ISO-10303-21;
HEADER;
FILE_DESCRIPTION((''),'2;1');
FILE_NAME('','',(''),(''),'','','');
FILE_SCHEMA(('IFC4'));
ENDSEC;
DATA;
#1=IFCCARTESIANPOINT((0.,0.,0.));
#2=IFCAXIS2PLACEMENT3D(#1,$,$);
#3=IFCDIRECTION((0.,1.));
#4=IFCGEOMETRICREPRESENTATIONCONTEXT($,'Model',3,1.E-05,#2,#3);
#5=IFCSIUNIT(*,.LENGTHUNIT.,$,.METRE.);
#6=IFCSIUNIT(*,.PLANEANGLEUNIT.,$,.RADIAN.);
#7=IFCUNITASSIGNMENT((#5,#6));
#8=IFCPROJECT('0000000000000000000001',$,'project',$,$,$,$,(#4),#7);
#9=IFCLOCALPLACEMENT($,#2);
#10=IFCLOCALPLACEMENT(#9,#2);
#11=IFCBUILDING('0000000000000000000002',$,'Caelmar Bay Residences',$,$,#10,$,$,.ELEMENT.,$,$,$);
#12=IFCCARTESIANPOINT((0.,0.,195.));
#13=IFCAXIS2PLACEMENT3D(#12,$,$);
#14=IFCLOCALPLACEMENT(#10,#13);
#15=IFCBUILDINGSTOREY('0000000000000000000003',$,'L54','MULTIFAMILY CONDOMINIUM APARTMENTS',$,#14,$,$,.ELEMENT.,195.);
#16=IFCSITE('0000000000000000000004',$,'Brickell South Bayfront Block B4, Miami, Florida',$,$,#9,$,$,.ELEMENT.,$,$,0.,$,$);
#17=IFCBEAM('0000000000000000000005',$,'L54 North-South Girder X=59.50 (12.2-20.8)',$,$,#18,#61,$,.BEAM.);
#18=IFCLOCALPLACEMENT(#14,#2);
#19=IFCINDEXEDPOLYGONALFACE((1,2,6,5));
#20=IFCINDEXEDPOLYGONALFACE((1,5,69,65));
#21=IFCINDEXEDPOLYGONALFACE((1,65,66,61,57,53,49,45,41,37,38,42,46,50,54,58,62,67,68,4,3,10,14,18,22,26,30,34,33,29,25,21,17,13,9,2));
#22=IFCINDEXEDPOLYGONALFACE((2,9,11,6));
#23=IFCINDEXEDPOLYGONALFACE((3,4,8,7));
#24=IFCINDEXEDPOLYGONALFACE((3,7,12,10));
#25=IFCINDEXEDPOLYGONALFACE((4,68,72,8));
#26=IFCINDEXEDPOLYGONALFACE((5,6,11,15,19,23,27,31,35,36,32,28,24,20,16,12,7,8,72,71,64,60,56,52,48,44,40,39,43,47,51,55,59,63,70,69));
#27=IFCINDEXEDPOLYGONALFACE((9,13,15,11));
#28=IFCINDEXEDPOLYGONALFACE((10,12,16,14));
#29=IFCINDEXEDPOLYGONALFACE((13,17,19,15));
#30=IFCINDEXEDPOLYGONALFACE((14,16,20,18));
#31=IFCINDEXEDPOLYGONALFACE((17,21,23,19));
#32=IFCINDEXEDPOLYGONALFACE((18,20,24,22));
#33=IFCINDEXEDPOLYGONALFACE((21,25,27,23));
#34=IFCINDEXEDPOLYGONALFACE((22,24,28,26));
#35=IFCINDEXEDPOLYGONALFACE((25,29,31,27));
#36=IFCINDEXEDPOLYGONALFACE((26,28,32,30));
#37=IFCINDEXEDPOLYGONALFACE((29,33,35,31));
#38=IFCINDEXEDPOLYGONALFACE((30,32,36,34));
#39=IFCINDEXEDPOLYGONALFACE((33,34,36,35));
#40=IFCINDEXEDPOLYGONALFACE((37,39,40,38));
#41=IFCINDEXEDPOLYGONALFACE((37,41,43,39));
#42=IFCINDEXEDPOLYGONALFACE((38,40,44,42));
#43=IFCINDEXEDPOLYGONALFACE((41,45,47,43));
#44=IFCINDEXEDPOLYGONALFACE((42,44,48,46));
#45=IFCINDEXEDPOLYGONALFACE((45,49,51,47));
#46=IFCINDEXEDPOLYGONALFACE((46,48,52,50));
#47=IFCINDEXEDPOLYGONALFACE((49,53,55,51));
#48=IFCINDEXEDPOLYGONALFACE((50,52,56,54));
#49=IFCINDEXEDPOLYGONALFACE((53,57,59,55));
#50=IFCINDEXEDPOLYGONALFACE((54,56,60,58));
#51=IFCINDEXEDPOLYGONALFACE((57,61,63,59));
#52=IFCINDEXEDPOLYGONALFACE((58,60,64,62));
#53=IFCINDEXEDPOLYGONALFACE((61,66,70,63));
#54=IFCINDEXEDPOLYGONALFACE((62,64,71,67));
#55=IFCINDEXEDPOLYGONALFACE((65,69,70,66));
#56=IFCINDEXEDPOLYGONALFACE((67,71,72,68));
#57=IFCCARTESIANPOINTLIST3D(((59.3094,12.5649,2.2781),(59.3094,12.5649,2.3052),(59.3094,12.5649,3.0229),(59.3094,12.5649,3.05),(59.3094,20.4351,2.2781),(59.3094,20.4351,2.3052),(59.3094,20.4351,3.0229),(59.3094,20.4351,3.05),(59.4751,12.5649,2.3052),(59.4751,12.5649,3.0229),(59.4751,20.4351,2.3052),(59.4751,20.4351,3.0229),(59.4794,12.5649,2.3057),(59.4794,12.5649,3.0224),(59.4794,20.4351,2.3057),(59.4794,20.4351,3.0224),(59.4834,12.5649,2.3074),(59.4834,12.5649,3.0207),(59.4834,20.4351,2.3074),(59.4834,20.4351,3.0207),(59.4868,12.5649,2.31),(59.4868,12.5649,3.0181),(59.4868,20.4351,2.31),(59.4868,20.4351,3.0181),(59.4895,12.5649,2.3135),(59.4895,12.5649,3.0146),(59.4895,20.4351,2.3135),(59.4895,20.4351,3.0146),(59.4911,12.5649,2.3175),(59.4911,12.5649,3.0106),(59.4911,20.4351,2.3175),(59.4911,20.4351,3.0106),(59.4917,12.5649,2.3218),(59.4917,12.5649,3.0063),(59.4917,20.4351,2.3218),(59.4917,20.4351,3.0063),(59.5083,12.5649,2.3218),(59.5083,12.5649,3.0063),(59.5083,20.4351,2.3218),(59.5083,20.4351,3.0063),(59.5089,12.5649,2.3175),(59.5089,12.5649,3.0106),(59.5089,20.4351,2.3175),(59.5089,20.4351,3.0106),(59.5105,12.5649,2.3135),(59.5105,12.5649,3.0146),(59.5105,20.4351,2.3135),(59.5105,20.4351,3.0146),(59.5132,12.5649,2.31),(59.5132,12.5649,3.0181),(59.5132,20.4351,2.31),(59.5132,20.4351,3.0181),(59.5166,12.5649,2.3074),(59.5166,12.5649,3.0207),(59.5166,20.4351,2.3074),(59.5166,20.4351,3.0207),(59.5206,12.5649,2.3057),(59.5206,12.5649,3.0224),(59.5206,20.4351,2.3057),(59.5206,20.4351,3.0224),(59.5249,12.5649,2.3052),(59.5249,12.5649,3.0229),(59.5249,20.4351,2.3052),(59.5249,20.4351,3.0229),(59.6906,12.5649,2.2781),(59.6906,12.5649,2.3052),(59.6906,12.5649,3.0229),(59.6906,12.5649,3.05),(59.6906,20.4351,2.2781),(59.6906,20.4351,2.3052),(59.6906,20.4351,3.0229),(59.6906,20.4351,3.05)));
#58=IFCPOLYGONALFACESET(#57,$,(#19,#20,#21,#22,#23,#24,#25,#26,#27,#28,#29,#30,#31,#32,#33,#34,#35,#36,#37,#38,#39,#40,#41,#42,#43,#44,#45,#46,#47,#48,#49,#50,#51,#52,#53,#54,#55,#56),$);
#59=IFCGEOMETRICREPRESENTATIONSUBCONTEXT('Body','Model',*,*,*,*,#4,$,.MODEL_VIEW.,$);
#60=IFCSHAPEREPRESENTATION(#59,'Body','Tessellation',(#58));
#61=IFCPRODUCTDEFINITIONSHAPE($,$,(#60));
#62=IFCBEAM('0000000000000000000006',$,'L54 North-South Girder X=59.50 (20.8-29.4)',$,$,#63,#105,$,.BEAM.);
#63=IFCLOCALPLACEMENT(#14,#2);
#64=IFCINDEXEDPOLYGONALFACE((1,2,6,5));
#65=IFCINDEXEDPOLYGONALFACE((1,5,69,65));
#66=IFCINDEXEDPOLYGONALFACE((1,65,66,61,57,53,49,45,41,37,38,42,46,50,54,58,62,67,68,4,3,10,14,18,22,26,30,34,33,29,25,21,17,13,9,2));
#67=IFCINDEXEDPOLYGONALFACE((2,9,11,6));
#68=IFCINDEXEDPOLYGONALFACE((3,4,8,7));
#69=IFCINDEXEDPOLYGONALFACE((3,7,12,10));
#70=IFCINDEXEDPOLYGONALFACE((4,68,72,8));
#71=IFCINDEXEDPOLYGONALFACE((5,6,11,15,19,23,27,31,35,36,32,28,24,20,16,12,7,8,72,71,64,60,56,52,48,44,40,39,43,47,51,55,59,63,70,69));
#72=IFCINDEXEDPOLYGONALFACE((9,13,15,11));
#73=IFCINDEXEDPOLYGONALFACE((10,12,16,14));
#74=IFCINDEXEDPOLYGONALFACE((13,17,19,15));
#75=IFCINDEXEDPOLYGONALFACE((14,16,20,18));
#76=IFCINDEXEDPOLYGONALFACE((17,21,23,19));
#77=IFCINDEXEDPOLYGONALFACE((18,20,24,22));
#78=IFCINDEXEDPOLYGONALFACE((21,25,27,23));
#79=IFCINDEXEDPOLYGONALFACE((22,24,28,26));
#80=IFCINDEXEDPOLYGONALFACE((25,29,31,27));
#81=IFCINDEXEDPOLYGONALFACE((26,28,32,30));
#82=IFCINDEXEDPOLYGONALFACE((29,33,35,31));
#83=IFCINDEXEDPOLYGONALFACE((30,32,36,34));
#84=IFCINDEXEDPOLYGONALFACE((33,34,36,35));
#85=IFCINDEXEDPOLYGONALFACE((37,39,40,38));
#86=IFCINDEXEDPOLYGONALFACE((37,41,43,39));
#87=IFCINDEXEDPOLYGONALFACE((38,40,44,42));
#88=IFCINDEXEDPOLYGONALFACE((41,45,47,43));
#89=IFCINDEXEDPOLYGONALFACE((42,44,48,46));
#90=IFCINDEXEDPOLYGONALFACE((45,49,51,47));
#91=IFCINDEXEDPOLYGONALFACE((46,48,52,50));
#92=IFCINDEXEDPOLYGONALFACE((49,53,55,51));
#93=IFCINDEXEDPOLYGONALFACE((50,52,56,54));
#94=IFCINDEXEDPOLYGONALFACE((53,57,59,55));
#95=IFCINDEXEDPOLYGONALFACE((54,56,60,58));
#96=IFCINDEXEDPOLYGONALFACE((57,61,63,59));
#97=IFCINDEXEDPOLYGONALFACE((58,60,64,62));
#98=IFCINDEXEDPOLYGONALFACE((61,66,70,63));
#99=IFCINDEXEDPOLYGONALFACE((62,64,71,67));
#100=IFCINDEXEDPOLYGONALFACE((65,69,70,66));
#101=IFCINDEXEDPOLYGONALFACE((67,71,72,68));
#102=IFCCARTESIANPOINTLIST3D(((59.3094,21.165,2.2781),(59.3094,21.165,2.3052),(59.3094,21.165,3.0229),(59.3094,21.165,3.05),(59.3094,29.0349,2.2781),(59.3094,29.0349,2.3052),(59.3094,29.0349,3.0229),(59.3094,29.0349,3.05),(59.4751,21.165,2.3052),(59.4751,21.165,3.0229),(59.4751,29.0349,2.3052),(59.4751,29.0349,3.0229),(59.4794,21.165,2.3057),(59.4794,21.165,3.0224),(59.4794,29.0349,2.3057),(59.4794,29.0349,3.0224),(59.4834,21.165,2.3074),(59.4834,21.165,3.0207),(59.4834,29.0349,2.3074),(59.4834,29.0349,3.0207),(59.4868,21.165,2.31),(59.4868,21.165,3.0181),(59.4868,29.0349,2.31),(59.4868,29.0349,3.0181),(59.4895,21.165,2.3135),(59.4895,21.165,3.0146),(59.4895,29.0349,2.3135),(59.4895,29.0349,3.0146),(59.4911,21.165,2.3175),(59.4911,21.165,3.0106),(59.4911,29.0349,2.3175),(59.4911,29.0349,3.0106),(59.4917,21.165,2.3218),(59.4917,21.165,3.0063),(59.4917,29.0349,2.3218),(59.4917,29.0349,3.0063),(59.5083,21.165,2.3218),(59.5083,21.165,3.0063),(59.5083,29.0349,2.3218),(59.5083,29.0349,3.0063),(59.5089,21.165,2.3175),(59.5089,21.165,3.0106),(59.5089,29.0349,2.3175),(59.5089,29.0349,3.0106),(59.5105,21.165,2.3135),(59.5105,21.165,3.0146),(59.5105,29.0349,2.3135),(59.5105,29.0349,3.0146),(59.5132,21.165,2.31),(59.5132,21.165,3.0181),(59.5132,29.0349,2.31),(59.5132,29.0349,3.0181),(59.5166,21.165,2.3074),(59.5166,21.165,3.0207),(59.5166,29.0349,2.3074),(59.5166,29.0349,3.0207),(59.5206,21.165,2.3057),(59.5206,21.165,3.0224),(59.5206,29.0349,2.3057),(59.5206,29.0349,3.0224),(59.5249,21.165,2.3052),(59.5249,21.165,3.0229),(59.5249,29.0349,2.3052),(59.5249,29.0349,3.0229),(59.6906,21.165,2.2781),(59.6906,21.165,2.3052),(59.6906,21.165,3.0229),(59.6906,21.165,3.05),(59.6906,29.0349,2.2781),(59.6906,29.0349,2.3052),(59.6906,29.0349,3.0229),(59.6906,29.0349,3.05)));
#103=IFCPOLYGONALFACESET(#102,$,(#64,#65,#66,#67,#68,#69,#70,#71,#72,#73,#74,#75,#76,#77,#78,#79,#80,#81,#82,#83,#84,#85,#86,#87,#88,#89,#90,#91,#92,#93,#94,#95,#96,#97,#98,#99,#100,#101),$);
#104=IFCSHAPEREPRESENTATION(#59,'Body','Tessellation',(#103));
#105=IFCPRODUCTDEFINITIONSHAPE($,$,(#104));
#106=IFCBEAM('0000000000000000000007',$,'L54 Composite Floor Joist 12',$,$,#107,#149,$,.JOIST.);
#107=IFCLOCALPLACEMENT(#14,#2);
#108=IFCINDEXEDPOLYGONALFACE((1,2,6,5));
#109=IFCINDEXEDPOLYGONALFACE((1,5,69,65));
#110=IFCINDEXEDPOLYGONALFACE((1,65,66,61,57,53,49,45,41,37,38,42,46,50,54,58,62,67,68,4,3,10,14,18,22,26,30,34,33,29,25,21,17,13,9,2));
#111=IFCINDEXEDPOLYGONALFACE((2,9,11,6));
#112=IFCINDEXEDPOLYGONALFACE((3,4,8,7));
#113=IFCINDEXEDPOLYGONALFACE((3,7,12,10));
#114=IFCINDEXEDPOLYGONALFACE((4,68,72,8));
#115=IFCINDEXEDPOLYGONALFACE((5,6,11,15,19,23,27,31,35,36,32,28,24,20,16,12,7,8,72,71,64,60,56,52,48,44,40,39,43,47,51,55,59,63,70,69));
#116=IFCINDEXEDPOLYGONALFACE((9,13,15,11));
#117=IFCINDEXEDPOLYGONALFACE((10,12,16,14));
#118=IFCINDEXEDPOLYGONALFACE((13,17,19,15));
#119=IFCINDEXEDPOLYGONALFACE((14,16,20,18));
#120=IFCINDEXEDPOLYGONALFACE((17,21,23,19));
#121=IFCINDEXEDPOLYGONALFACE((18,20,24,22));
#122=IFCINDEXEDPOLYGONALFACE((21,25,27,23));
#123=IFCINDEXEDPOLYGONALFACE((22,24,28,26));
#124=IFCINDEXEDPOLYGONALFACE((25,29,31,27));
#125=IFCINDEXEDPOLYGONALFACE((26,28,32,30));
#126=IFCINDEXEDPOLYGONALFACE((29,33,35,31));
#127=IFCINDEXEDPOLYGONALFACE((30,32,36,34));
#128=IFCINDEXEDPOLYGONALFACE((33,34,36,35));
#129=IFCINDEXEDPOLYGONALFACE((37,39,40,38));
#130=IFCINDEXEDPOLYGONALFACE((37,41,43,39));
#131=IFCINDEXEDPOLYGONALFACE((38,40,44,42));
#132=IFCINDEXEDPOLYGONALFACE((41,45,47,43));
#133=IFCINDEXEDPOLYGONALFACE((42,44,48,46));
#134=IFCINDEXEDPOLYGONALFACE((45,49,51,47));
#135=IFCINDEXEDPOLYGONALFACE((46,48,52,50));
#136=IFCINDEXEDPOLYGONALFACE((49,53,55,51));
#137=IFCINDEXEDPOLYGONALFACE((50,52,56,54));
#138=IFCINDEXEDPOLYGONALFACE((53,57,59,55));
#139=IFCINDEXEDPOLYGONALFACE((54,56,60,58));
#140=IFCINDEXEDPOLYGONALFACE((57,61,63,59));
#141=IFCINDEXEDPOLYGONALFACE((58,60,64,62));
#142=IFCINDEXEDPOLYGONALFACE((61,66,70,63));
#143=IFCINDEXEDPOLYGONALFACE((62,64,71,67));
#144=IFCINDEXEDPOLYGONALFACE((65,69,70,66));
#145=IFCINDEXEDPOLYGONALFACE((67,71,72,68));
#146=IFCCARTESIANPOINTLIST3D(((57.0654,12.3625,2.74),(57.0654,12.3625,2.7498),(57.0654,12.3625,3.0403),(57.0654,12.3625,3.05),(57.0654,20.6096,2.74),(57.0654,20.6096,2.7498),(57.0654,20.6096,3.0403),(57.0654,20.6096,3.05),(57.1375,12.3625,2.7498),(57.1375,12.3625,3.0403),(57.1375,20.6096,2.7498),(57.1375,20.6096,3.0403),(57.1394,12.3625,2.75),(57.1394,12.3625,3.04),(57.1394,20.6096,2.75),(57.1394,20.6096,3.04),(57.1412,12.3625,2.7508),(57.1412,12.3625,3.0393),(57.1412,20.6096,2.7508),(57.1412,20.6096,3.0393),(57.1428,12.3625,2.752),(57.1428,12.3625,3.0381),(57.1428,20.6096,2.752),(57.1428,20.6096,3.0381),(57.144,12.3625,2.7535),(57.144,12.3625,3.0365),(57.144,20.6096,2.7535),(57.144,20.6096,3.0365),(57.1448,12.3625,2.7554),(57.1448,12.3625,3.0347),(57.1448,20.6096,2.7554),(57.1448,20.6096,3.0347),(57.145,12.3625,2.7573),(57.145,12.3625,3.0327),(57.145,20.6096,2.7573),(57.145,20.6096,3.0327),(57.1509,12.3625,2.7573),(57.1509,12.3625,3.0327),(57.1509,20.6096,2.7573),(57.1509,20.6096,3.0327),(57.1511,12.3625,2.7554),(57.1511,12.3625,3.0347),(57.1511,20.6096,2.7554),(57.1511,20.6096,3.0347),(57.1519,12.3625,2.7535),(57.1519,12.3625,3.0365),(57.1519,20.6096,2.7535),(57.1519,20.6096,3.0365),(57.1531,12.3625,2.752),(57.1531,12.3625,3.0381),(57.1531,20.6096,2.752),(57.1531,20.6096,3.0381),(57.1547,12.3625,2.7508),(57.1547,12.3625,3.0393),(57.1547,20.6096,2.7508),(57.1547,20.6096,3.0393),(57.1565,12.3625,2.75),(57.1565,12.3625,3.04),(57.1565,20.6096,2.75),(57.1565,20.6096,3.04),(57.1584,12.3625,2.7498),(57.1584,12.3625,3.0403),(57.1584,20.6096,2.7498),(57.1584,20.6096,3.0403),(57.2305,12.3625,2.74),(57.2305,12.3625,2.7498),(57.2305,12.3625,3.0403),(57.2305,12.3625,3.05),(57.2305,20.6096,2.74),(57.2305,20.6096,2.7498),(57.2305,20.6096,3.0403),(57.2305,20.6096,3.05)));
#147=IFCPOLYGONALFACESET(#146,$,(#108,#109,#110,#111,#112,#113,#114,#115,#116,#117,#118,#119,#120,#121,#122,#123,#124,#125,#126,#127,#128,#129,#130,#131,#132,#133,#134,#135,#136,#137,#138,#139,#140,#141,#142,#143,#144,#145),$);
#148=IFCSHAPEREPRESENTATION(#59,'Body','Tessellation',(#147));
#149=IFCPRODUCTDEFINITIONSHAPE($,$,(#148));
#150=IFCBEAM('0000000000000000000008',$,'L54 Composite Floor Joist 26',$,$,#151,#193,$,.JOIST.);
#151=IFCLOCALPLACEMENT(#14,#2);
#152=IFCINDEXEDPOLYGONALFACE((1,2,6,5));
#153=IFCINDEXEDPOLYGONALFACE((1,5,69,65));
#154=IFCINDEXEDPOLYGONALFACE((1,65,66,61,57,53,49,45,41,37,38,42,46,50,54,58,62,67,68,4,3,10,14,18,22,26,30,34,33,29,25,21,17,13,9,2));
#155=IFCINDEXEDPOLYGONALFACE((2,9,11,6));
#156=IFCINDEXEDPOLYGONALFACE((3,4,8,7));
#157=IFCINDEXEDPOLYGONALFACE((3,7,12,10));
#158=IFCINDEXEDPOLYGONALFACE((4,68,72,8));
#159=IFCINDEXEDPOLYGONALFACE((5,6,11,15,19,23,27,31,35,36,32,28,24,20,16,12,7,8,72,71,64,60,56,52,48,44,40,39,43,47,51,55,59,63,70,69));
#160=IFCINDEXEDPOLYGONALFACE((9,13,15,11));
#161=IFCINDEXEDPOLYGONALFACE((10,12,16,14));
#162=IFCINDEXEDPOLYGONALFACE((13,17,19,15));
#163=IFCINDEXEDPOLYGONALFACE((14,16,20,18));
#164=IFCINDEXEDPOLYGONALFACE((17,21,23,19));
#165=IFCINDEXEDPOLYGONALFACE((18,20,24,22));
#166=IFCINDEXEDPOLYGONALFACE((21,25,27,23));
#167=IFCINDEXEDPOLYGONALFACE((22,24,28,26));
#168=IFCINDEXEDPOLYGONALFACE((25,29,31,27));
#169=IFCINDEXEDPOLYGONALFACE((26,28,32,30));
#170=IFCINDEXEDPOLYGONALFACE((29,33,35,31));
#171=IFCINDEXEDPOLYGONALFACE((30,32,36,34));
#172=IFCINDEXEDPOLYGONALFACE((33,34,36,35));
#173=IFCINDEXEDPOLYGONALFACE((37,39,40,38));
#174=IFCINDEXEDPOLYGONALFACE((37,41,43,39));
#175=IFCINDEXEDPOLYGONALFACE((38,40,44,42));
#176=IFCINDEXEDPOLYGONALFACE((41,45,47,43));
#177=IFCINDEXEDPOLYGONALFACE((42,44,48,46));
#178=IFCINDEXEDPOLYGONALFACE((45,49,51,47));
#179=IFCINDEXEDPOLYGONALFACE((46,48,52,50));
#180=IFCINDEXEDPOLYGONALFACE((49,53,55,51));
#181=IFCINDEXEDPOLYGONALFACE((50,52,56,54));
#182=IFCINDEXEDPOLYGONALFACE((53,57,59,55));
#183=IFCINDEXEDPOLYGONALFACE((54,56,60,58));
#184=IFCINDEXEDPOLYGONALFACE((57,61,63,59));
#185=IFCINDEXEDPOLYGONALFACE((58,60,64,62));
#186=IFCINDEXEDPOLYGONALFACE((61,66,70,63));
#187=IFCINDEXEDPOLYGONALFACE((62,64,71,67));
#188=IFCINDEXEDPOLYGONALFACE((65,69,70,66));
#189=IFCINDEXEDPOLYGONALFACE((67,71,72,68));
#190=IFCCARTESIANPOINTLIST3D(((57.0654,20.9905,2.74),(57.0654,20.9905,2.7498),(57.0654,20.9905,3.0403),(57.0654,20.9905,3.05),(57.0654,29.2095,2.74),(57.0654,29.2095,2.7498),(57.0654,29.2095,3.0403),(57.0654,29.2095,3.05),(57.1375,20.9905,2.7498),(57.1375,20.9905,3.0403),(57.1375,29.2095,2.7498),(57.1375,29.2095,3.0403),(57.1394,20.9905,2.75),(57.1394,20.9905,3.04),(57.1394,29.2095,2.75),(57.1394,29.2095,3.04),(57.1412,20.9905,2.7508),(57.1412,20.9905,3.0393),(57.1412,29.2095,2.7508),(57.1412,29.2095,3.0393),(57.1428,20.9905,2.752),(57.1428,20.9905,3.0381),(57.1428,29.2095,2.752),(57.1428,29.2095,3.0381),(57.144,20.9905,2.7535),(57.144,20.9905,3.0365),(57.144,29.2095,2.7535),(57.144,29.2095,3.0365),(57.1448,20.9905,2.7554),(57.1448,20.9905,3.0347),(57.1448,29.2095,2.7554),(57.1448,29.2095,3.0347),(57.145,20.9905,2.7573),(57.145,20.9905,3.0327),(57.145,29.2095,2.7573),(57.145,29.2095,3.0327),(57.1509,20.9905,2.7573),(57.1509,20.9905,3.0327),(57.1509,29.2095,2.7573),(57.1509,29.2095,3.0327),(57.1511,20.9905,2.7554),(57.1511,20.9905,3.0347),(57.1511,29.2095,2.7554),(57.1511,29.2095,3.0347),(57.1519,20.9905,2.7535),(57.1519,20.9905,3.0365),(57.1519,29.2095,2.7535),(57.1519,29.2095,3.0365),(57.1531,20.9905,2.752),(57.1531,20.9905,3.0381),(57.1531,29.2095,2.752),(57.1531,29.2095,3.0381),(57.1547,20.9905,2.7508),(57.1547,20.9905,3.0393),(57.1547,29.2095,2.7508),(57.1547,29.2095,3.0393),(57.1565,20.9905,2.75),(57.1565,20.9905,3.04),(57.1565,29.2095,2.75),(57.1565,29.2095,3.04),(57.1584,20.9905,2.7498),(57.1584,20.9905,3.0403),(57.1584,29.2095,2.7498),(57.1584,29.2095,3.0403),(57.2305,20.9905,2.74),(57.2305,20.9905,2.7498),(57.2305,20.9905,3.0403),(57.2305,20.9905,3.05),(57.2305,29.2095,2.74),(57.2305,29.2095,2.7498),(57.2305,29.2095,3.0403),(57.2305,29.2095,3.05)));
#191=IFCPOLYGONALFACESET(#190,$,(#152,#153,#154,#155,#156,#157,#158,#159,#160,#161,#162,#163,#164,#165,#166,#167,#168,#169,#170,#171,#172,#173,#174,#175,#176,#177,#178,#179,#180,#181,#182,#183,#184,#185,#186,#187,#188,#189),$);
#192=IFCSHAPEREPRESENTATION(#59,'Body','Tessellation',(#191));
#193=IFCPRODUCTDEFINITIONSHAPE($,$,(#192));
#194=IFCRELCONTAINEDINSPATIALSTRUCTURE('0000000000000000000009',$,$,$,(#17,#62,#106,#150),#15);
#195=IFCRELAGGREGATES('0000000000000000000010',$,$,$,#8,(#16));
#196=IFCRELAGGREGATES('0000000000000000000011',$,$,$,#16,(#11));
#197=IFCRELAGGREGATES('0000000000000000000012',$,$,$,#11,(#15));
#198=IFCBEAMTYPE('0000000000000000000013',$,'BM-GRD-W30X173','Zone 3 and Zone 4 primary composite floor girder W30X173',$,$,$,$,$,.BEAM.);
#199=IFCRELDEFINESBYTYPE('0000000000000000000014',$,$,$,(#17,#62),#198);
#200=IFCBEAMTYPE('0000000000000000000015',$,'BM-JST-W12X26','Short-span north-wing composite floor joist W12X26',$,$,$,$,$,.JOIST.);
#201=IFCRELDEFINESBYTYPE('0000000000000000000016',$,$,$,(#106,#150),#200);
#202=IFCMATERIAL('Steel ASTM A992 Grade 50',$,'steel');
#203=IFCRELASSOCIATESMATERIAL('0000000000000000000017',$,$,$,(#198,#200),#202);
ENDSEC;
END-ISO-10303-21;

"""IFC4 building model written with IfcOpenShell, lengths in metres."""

from ifc_helpers import new_model, si_unit, direction, frame, origin, origin_2d, place, context, subcontext, project, spatial, i_section, extrude, material, material_profile, profile_set, type_object, element, save


model = new_model("IFC4")

# Units and contexts
model_context = context("Model", 3, precision=1e-05, world=origin(), true_north=direction((0.0, 1.0)))
body_context = subcontext(model_context, "Body", "Model", "MODEL_VIEW")
ifc_project = project(units=[si_unit("LENGTHUNIT", "METRE"), si_unit("PLANEANGLEUNIT", "RADIAN")], contexts=[model_context])

# Site, building, storey
site_placement = place(None, origin())
site = spatial("IfcSite", under=ifc_project, at=site_placement, Name="Brickell South Bayfront Block B4, Miami, Florida", CompositionType="ELEMENT", RefElevation=0.0)
building_placement = place(site_placement, origin())
building = spatial("IfcBuilding", under=site, at=building_placement, Name="Caelmar Bay Residences", CompositionType="ELEMENT")
storey_placement = place(building_placement, frame((0.0, 0.0, 195.0)))
storey = spatial("IfcBuildingStorey", under=building, at=storey_placement, Name="L54", Description="MULTIFAMILY CONDOMINIUM APARTMENTS", CompositionType="ELEMENT", Elevation=195.0)

# Beams
ifc_material_1 = material(Name="Steel ASTM A992 Grade 50", Category="steel")
ifc_material_profile_1 = material_profile(ifc_material_1, i_section(OverallWidth=0.3811, OverallDepth=0.772, WebThickness=0.0166, FlangeThickness=0.0271, FilletRadius=0.0166, at=origin_2d()), Name="W30X173")
ifc_profile_set_1 = profile_set([ifc_material_profile_1], Name="Steel ASTM A992 Grade 50")
beam_type_1 = type_object("IfcBeamType", Name="BM-GRD-W30X173", Description="Zone 3 and Zone 4 primary composite floor girder W30X173", PredefinedType="BEAM", material=ifc_profile_set_1)
for number, where, z_axis, x_axis, name in (
    (1, (59.5, 12.5649, 2.6641), (0.0, 1.0, 0.0), (-1.0, 0.0, 0.0), "L54 North-South Girder X=59.50 (12.2-20.8)"),
):
    element("IfcBeam", number, at=place(storey_placement, frame(where, z_axis=z_axis, x_axis=x_axis)), inside=storey, type_object=beam_type_1, Name=name, PredefinedType="BEAM", context=body_context, shape_type="SweptSolid", body=[
        extrude(i_section(OverallWidth=0.3811, OverallDepth=0.772, WebThickness=0.0166, FlangeThickness=0.0271, FilletRadius=0.0166, at=origin_2d()), origin(), (0.0, 0.0, 1.0), 7.8701),
    ])
beam_1_placement = place(storey_placement, frame((59.5, 21.165, 2.6641), z_axis=(0.0, 1.0, 0.0), x_axis=(-1.0, 0.0, 0.0)))
element("IfcBeam", 2, at=beam_1_placement, inside=storey, type_object=beam_type_1, Name="L54 North-South Girder X=59.50 (20.8-29.4)", PredefinedType="BEAM", context=body_context, shape_type="SweptSolid", body=[
    extrude(i_section(OverallWidth=0.3811, OverallDepth=0.772, WebThickness=0.0166, FlangeThickness=0.0271, FilletRadius=0.0166, at=origin_2d()), origin(), (0.0, 0.0, 1.0), 7.8699),
])
ifc_material_profile_2 = material_profile(ifc_material_1, i_section(OverallWidth=0.165, OverallDepth=0.3101, WebThickness=0.0059, FlangeThickness=0.0098, FilletRadius=0.0076, at=origin_2d()), Name="W12X26")
ifc_profile_set_2 = profile_set([ifc_material_profile_2], Name="Steel ASTM A992 Grade 50")
beam_type_2 = type_object("IfcBeamType", Name="BM-JST-W12X26", Description="Short-span north-wing composite floor joist W12X26", PredefinedType="JOIST", material=ifc_profile_set_2)
beam_2_placement = place(storey_placement, frame((57.1479, 12.3625, 2.895), z_axis=(0.0, 1.0, 0.0), x_axis=(-1.0, 0.0, 0.0)))
element("IfcBeam", 3, at=beam_2_placement, inside=storey, type_object=beam_type_2, Name="L54 Composite Floor Joist 12", PredefinedType="JOIST", context=body_context, shape_type="SweptSolid", body=[
    extrude(i_section(OverallWidth=0.165, OverallDepth=0.3101, WebThickness=0.0059, FlangeThickness=0.0098, FilletRadius=0.0076, at=origin_2d()), origin(), (0.0, 0.0, 1.0), 8.2471),
])
beam_3_placement = place(storey_placement, frame((57.1479, 20.9905, 2.895), z_axis=(0.0, 1.0, 0.0), x_axis=(-1.0, 0.0, 0.0)))
element("IfcBeam", 4, at=beam_3_placement, inside=storey, type_object=beam_type_2, Name="L54 Composite Floor Joist 26", PredefinedType="JOIST", context=body_context, shape_type="SweptSolid", body=[
    extrude(i_section(OverallWidth=0.165, OverallDepth=0.3101, WebThickness=0.0059, FlangeThickness=0.0098, FilletRadius=0.0076, at=origin_2d()), origin(), (0.0, 0.0, 1.0), 8.219),
])

save(model, "model.ifc")
